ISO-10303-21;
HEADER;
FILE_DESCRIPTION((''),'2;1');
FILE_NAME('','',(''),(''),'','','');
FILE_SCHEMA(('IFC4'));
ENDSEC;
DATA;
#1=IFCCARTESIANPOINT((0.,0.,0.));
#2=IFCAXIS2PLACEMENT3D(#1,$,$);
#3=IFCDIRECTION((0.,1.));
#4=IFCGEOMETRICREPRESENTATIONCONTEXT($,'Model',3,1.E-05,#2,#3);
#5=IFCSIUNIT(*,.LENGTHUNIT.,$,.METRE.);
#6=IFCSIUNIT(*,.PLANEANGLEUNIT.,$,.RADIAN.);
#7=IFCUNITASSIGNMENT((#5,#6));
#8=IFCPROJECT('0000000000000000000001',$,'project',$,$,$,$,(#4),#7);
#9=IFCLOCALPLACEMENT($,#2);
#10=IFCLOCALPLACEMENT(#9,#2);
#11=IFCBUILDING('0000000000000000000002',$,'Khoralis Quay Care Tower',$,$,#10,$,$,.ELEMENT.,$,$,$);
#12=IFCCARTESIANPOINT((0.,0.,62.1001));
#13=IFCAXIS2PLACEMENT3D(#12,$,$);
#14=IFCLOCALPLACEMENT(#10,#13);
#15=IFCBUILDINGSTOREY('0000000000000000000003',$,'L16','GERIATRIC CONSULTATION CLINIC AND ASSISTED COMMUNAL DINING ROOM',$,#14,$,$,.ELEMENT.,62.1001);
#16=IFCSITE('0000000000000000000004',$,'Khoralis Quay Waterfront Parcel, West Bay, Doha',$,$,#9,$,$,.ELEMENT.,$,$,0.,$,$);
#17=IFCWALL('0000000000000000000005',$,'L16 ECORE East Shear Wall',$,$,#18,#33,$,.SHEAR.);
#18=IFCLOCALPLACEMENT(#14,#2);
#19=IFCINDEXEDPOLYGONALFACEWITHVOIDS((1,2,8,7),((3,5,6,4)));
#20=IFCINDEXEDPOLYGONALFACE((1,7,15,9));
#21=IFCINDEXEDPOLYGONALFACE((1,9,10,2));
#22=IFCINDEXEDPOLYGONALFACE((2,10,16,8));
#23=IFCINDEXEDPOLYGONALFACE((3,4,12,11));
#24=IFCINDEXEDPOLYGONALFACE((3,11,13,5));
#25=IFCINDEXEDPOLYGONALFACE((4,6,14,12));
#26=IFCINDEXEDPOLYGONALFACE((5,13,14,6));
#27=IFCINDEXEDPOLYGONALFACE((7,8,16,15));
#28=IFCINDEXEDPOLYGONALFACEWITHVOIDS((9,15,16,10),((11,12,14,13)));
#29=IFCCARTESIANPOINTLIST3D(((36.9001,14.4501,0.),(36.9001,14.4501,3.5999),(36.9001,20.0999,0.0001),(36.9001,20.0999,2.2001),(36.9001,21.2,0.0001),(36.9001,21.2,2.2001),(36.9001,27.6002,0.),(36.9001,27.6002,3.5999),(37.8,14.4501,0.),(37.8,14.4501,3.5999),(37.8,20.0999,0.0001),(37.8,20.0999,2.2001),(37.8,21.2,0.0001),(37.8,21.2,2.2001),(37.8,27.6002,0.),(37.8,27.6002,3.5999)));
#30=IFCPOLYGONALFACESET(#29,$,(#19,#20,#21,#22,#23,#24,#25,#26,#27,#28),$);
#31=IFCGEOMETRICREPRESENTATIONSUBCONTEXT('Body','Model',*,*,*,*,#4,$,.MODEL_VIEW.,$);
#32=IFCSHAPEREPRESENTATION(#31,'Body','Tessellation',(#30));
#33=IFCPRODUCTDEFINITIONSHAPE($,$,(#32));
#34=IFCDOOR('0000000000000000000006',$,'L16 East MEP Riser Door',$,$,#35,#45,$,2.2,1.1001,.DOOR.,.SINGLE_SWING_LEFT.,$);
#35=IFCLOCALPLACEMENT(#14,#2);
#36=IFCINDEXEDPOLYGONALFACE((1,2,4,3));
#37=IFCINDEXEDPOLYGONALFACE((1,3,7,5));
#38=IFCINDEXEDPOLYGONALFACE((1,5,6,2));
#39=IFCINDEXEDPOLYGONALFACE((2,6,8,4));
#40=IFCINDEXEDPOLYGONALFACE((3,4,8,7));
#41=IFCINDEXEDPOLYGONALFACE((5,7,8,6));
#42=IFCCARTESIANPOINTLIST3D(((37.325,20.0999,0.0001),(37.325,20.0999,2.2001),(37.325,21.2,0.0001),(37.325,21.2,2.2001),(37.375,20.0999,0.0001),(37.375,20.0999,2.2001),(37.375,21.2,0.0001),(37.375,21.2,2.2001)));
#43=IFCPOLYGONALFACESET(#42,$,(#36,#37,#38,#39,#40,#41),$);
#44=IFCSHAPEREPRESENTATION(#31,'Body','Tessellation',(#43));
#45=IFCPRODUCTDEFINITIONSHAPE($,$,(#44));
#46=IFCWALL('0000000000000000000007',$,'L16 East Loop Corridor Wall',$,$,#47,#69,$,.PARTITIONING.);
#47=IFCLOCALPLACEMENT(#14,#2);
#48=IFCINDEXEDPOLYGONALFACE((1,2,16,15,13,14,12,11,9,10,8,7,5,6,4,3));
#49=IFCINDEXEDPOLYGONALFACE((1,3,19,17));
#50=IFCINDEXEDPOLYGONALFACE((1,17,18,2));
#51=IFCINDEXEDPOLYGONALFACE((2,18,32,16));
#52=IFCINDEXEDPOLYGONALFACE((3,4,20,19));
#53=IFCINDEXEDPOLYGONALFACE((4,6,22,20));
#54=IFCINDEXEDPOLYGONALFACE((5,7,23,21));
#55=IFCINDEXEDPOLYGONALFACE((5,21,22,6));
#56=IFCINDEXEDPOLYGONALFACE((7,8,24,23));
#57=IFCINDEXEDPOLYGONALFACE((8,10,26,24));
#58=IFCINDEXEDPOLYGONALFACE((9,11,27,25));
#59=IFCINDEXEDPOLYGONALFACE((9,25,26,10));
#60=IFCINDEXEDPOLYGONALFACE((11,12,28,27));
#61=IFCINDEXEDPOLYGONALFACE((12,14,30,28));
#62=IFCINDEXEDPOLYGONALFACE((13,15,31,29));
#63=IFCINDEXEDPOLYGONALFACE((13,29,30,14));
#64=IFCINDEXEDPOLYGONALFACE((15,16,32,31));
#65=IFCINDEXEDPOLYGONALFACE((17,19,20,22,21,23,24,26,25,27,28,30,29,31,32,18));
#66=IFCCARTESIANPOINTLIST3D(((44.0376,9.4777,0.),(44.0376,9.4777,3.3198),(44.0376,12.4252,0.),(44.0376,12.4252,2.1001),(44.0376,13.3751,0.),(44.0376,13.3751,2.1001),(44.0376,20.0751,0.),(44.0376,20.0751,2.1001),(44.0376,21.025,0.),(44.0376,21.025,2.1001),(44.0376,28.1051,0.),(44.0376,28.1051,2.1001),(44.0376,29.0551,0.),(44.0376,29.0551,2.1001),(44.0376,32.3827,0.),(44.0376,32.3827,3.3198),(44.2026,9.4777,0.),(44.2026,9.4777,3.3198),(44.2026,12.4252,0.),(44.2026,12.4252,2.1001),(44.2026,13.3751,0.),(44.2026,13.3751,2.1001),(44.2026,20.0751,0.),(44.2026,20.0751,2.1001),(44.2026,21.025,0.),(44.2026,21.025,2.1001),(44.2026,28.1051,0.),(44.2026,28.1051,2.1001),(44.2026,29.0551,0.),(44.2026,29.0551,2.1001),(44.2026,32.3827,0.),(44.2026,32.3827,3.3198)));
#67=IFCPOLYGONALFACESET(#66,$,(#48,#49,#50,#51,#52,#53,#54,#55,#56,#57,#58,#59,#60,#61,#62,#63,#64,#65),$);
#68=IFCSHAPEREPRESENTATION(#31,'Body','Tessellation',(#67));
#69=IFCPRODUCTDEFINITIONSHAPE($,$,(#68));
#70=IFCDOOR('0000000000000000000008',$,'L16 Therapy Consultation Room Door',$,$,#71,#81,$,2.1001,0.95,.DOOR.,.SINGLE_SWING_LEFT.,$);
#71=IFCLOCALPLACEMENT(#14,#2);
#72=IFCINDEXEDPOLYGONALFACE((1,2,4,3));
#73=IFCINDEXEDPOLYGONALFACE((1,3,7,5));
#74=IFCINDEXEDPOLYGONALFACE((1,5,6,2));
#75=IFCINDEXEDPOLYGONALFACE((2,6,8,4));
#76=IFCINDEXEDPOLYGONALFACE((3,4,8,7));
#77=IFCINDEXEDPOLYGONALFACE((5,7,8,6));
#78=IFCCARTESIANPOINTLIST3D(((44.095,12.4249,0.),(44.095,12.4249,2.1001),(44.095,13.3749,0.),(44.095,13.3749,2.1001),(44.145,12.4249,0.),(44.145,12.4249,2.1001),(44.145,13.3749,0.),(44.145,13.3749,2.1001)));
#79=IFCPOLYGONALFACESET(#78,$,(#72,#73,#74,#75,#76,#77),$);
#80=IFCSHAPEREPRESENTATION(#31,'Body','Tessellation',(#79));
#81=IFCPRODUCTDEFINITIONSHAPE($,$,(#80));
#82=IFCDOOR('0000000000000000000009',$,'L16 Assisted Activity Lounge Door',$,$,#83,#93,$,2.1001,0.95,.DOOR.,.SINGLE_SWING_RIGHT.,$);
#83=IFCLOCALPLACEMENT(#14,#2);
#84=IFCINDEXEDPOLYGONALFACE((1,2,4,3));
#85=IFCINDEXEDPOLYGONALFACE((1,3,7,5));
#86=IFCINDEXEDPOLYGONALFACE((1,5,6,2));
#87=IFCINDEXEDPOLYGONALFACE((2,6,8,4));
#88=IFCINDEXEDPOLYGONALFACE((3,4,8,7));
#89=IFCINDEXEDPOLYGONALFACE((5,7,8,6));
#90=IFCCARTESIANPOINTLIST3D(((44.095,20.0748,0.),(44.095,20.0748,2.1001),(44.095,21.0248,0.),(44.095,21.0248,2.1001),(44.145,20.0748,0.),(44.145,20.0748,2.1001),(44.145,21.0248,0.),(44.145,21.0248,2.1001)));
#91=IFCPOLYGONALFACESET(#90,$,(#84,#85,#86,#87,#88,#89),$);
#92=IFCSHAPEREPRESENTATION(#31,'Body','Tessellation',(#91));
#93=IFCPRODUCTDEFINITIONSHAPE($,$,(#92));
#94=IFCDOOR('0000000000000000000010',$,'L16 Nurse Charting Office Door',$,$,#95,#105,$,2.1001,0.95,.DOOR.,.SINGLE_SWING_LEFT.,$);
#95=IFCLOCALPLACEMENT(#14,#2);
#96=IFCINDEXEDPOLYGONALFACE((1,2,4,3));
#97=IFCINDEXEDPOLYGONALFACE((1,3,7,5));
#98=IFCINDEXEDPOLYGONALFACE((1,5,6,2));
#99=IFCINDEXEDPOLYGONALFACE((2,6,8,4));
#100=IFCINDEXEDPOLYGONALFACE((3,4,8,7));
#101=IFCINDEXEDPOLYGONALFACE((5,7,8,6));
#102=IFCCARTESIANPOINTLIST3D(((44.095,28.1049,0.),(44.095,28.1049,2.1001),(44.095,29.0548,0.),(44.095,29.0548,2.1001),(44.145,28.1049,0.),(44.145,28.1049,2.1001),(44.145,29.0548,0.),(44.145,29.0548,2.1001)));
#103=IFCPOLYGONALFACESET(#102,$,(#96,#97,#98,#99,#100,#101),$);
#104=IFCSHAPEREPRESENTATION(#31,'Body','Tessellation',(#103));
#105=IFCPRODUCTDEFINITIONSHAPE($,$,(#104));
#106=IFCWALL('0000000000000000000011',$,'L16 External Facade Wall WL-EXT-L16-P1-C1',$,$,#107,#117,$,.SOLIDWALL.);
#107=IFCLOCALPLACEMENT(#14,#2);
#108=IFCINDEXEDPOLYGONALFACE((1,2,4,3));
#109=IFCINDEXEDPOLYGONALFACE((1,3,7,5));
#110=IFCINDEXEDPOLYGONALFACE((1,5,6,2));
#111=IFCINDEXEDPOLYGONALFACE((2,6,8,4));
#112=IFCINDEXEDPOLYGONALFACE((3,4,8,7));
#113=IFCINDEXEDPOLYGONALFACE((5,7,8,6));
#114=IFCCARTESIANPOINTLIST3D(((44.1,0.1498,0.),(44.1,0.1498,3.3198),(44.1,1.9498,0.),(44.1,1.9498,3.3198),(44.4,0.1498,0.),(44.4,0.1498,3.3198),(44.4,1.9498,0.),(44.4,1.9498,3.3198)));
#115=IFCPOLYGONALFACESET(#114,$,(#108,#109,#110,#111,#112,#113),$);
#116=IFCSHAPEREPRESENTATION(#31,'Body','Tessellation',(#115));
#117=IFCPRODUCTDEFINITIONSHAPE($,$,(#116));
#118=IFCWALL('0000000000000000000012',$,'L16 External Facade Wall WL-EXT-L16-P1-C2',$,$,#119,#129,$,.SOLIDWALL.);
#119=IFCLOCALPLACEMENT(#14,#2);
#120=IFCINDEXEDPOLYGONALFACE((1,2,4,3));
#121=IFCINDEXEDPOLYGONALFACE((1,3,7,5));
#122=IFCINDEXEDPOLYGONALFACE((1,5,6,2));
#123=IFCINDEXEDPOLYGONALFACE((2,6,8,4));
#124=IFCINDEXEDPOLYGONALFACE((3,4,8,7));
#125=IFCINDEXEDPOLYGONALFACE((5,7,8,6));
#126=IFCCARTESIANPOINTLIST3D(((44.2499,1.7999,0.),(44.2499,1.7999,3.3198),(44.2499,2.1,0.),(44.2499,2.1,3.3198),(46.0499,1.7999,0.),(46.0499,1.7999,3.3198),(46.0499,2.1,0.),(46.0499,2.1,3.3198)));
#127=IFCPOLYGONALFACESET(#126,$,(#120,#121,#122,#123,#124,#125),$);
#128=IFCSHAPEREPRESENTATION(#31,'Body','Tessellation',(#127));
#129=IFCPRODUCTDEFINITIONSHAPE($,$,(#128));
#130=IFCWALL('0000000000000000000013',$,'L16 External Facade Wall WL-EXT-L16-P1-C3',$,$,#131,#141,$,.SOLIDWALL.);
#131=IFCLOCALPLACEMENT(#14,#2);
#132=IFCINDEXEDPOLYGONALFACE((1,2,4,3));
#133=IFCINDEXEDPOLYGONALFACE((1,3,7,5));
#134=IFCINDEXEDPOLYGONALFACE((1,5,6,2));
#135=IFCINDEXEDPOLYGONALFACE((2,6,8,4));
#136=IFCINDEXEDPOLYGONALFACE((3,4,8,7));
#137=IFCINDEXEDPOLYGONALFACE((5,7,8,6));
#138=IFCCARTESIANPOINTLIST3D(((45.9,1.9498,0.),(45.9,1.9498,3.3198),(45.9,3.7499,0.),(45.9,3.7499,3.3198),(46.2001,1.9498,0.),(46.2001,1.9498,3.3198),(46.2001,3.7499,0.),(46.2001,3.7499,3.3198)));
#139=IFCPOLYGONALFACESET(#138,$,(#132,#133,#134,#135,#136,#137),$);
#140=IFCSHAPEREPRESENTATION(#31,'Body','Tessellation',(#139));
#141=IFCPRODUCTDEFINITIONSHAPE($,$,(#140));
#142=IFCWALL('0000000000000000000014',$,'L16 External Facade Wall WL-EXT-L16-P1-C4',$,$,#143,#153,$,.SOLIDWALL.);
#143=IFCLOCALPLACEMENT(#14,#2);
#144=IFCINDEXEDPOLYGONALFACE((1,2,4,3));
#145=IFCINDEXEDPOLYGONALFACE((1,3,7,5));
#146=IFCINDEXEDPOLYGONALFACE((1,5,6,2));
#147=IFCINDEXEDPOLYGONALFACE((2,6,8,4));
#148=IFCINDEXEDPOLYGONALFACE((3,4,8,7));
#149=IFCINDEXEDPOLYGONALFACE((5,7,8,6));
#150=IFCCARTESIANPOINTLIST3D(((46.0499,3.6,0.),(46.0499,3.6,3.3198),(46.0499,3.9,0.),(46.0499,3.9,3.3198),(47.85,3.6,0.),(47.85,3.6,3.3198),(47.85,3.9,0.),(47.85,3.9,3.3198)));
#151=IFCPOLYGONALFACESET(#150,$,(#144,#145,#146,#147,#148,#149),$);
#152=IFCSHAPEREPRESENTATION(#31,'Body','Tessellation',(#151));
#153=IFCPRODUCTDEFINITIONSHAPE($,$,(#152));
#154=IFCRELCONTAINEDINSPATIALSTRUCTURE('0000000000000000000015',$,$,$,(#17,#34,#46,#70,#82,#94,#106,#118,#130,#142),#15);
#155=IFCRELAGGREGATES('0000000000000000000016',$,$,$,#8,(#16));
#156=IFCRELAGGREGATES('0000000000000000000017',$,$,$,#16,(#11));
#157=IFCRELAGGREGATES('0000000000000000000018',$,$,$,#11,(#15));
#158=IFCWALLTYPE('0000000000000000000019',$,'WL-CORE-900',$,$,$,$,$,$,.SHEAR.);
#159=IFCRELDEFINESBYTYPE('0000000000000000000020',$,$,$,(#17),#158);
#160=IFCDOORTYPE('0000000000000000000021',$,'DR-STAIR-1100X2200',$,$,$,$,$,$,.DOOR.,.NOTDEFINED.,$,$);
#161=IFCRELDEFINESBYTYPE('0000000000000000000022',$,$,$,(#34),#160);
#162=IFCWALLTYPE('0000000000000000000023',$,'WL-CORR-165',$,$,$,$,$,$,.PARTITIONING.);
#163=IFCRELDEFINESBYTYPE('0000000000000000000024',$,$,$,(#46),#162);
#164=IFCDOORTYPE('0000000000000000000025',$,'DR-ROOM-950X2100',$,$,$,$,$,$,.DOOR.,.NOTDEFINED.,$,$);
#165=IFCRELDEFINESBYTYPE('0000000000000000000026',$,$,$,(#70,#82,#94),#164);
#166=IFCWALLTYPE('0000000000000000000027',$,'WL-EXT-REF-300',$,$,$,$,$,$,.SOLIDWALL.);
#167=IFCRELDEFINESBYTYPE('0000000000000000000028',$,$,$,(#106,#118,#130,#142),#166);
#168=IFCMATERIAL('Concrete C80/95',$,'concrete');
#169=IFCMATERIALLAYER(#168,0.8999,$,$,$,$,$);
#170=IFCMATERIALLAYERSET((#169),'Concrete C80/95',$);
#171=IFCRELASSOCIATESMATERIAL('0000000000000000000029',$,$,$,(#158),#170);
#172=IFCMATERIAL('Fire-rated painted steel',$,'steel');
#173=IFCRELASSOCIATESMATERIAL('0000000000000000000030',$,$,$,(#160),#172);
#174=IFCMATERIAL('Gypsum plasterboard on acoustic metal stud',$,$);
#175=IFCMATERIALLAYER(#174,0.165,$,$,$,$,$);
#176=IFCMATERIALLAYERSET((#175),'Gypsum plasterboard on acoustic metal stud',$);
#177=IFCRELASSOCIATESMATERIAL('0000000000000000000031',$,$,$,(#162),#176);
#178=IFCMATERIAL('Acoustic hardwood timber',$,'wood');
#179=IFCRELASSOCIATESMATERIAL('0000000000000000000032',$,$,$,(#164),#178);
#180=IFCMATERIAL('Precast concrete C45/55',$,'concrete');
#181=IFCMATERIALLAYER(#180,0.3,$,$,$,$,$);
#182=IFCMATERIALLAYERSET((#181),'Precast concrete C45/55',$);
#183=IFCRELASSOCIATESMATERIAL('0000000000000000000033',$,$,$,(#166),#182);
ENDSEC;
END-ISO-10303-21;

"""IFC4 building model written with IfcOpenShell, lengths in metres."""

from ifc_helpers import new_model, si_unit, direction, frame, frame_2d, origin, place, context, subcontext, project, spatial, rectangle, extrude, source, transform, mapped, material, layer, layer_set, type_object, element, fill, save


model = new_model("IFC4")

# Units and contexts
model_context = context("Model", 3, precision=1e-05, world=origin(), true_north=direction((0.0, 1.0)))
body_context = subcontext(model_context, "Body", "Model", "MODEL_VIEW")
ifc_project = project(units=[si_unit("LENGTHUNIT", "METRE"), si_unit("PLANEANGLEUNIT", "RADIAN")], contexts=[model_context])

# Site, building, storey
site_placement = place(None, origin())
site = spatial("IfcSite", under=ifc_project, at=site_placement, Name="Khoralis Quay Waterfront Parcel, West Bay, Doha", CompositionType="ELEMENT", RefElevation=0.0)
building_placement = place(site_placement, origin())
building = spatial("IfcBuilding", under=site, at=building_placement, Name="Khoralis Quay Care Tower", CompositionType="ELEMENT")
storey_placement = place(building_placement, frame((0.0, 0.0, 62.1001)))
storey = spatial("IfcBuildingStorey", under=building, at=storey_placement, Name="L16", Description="GERIATRIC CONSULTATION CLINIC AND ASSISTED COMMUNAL DINING ROOM", CompositionType="ELEMENT", Elevation=62.1001)

# Shared definitions
ifc_material_1 = material(Name="Concrete C80/95", Category="concrete")

# Shared definitions
ifc_material_2 = material(Name="Gypsum plasterboard on acoustic metal stud")

# Wall, opening, door
ifc_layer_1 = layer(ifc_material_1, 0.8999)
ifc_layer_set_1 = layer_set([ifc_layer_1], Name="Concrete C80/95")
wall_type_1 = type_object("IfcWallType", Name="WL-CORE-900", PredefinedType="SHEAR", material=ifc_layer_set_1)
wall_1_placement = place(storey_placement, frame((37.3501, 14.45, 0.0), z_axis=(0.0, 0.0, 1.0), x_axis=(0.0, 1.0, 0.0)))
wall_1 = element("IfcWall", 1, at=wall_1_placement, inside=storey, type_object=wall_type_1, Name="L16 ECORE East Shear Wall", PredefinedType="SHEAR", context=body_context, shape_type="SweptSolid", body=[
    extrude(rectangle(XDim=13.1501, YDim=0.8999, at=frame_2d((6.5752, 0.0))), origin(), (0.0, 0.0, 1.0), 3.5999),
])
opening_1_placement = place(wall_1_placement, frame((5.6499, 0.0, 0.0)))
opening_1 = element("IfcOpeningElement", 2, at=opening_1_placement, cuts=wall_1, PredefinedType="OPENING", context=body_context, shape_type="SweptSolid", body=[
    extrude(rectangle(XDim=1.1001, YDim=2.2, at=frame_2d((0.55, 1.1001))), frame((0.0, 0.46, 0.0), z_axis=(0.0, -1.0, 0.0), x_axis=(1.0, 0.0, 0.0)), (0.0, 0.0, 1.0), 0.9199),
])
ifc_material_3 = material(Name="Fire-rated painted steel", Category="steel")
door_type_1 = type_object("IfcDoorType", Name="DR-STAIR-1100X2200", OperationType="NOTDEFINED", PredefinedType="DOOR", material=ifc_material_3)
shared_shape_1 = source(origin(), body_context, "Body", "SweptSolid", [
    extrude(rectangle(XDim=1.1001, YDim=2.2, at=frame_2d((0.55, 1.1001))), frame((0.0, 0.0249, 0.0), z_axis=(0.0, -1.0, 0.0), x_axis=(1.0, 0.0, 0.0)), (0.0, 0.0, 1.0), 0.05),
])
door_1_placement = place(opening_1_placement, frame((1.1001, 0.0, 0.0), z_axis=(0.0, 0.0, 1.0), x_axis=(-1.0, 0.0, 0.0)))
door_1 = element("IfcDoor", 3, at=door_1_placement, inside=storey, type_object=door_type_1, Name="L16 East MEP Riser Door", OperationType="SINGLE_SWING_LEFT", OverallHeight=2.2, OverallWidth=1.1001, PredefinedType="DOOR", context=body_context, shape_type="MappedRepresentation", body=[
    mapped(shared_shape_1, transform((0.0, 0.0, 0.0), scale=1.0)),
])
fill(opening_1, door_1)

# Wall, openings, doors
ifc_layer_2 = layer(ifc_material_2, 0.165)
ifc_layer_set_2 = layer_set([ifc_layer_2], Name="Gypsum plasterboard on acoustic metal stud")
wall_type_2 = type_object("IfcWallType", Name="WL-CORR-165", PredefinedType="PARTITIONING", material=ifc_layer_set_2)
wall_2_placement = place(storey_placement, frame((44.1201, 9.4775, 0.0), z_axis=(0.0, 0.0, 1.0), x_axis=(0.0, 1.0, 0.0)))
wall_2 = element("IfcWall", 4, at=wall_2_placement, inside=storey, type_object=wall_type_2, Name="L16 East Loop Corridor Wall", PredefinedType="PARTITIONING", context=body_context, shape_type="SweptSolid", body=[
    extrude(rectangle(XDim=22.905, YDim=0.165, at=frame_2d((11.4526, 0.0))), origin(), (0.0, 0.0, 1.0), 3.3198),
])
opening_2_placement = place(wall_2_placement, frame((2.9475, 0.0, 0.0)))
opening_2 = element("IfcOpeningElement", 5, at=opening_2_placement, cuts=wall_2, PredefinedType="OPENING", context=body_context, shape_type="SweptSolid", body=[
    extrude(rectangle(XDim=0.95, YDim=2.1001, at=frame_2d((0.4751, 1.05))), frame((0.0, 0.0925, 0.0), z_axis=(0.0, -1.0, 0.0), x_axis=(1.0, 0.0, 0.0)), (0.0, 0.0, 1.0), 0.1851),
])
opening_3_placement = place(wall_2_placement, frame((10.5974, 0.0, 0.0)))
opening_3 = element("IfcOpeningElement", 6, at=opening_3_placement, cuts=wall_2, PredefinedType="OPENING", context=body_context, shape_type="SweptSolid", body=[
    extrude(rectangle(XDim=0.95, YDim=2.1001, at=frame_2d((0.4751, 1.05))), frame((0.0, 0.0925, 0.0), z_axis=(0.0, -1.0, 0.0), x_axis=(1.0, 0.0, 0.0)), (0.0, 0.0, 1.0), 0.1851),
])
opening_4_placement = place(wall_2_placement, frame((18.6274, 0.0, 0.0)))
opening_4 = element("IfcOpeningElement", 7, at=opening_4_placement, cuts=wall_2, PredefinedType="OPENING", context=body_context, shape_type="SweptSolid", body=[
    extrude(rectangle(XDim=0.95, YDim=2.1001, at=frame_2d((0.4751, 1.05))), frame((0.0, 0.0925, 0.0), z_axis=(0.0, -1.0, 0.0), x_axis=(1.0, 0.0, 0.0)), (0.0, 0.0, 1.0), 0.1851),
])
ifc_material_4 = material(Name="Acoustic hardwood timber", Category="wood")
door_type_2 = type_object("IfcDoorType", Name="DR-ROOM-950X2100", OperationType="NOTDEFINED", PredefinedType="DOOR", material=ifc_material_4)
shared_shape_2 = source(origin(), body_context, "Body", "SweptSolid", [
    extrude(rectangle(XDim=0.95, YDim=2.1001, at=frame_2d((0.4751, 1.05))), frame((0.0, 0.0249, 0.0), z_axis=(0.0, -1.0, 0.0), x_axis=(1.0, 0.0, 0.0)), (0.0, 0.0, 1.0), 0.05),
])
door_2_placement = place(opening_2_placement, frame((0.95, 0.0, 0.0), z_axis=(0.0, 0.0, 1.0), x_axis=(-1.0, 0.0, 0.0)))
door_2 = element("IfcDoor", 8, at=door_2_placement, inside=storey, type_object=door_type_2, Name="L16 Therapy Consultation Room Door", OperationType="SINGLE_SWING_LEFT", OverallHeight=2.1001, OverallWidth=0.95, PredefinedType="DOOR", context=body_context, shape_type="MappedRepresentation", body=[
    mapped(shared_shape_2, transform((0.0, 0.0, 0.0), scale=1.0)),
])
fill(opening_2, door_2)
door_3_placement = place(opening_3_placement, frame((0.95, 0.0, 0.0), z_axis=(0.0, 0.0, 1.0), x_axis=(-1.0, 0.0, 0.0)))
door_3 = element("IfcDoor", 9, at=door_3_placement, inside=storey, type_object=door_type_2, Name="L16 Assisted Activity Lounge Door", OperationType="SINGLE_SWING_RIGHT", OverallHeight=2.1001, OverallWidth=0.95, PredefinedType="DOOR", context=body_context, shape_type="MappedRepresentation", body=[
    mapped(shared_shape_2, transform((0.0, 0.0, 0.0), scale=1.0)),
])
fill(opening_3, door_3)
door_4_placement = place(opening_4_placement, frame((0.95, 0.0, 0.0), z_axis=(0.0, 0.0, 1.0), x_axis=(-1.0, 0.0, 0.0)))
door_4 = element("IfcDoor", 10, at=door_4_placement, inside=storey, type_object=door_type_2, Name="L16 Nurse Charting Office Door", OperationType="SINGLE_SWING_LEFT", OverallHeight=2.1001, OverallWidth=0.95, PredefinedType="DOOR", context=body_context, shape_type="MappedRepresentation", body=[
    mapped(shared_shape_2, transform((0.0, 0.0, 0.0), scale=1.0)),
])
fill(opening_4, door_4)

# Walls
ifc_material_5 = material(Name="Precast concrete C45/55", Category="concrete")
ifc_layer_3 = layer(ifc_material_5, 0.3)
ifc_layer_set_3 = layer_set([ifc_layer_3], Name="Precast concrete C45/55")
wall_type_3 = type_object("IfcWallType", Name="WL-EXT-REF-300", PredefinedType="SOLIDWALL", material=ifc_layer_set_3)
for number, where, z_axis, x_axis, name in (
    (11, (44.25, 0.1499, 0.0), (0.0, 0.0, 1.0), (0.0, 1.0, 0.0), "L16 External Facade Wall WL-EXT-L16-P1-C1"),
    (12, (44.25, 1.95, 0.0), (0.0, 0.0, 1.0), (1.0, 0.0, 0.0), "L16 External Facade Wall WL-EXT-L16-P1-C2"),
    (13, (46.05, 1.95, 0.0), (0.0, 0.0, 1.0), (0.0, 1.0, 0.0), "L16 External Facade Wall WL-EXT-L16-P1-C3"),
    (14, (46.05, 3.75, 0.0), (0.0, 0.0, 1.0), (1.0, 0.0, 0.0), "L16 External Facade Wall WL-EXT-L16-P1-C4"),
):
    element("IfcWall", number, at=place(storey_placement, frame(where, z_axis=z_axis, x_axis=x_axis)), inside=storey, type_object=wall_type_3, Name=name, PredefinedType="SOLIDWALL", context=body_context, shape_type="SweptSolid", body=[
        extrude(rectangle(XDim=1.8, YDim=0.3, at=frame_2d((0.8999, 0.0))), origin(), (0.0, 0.0, 1.0), 3.3198),
    ])

save(model, "model.ifc")
